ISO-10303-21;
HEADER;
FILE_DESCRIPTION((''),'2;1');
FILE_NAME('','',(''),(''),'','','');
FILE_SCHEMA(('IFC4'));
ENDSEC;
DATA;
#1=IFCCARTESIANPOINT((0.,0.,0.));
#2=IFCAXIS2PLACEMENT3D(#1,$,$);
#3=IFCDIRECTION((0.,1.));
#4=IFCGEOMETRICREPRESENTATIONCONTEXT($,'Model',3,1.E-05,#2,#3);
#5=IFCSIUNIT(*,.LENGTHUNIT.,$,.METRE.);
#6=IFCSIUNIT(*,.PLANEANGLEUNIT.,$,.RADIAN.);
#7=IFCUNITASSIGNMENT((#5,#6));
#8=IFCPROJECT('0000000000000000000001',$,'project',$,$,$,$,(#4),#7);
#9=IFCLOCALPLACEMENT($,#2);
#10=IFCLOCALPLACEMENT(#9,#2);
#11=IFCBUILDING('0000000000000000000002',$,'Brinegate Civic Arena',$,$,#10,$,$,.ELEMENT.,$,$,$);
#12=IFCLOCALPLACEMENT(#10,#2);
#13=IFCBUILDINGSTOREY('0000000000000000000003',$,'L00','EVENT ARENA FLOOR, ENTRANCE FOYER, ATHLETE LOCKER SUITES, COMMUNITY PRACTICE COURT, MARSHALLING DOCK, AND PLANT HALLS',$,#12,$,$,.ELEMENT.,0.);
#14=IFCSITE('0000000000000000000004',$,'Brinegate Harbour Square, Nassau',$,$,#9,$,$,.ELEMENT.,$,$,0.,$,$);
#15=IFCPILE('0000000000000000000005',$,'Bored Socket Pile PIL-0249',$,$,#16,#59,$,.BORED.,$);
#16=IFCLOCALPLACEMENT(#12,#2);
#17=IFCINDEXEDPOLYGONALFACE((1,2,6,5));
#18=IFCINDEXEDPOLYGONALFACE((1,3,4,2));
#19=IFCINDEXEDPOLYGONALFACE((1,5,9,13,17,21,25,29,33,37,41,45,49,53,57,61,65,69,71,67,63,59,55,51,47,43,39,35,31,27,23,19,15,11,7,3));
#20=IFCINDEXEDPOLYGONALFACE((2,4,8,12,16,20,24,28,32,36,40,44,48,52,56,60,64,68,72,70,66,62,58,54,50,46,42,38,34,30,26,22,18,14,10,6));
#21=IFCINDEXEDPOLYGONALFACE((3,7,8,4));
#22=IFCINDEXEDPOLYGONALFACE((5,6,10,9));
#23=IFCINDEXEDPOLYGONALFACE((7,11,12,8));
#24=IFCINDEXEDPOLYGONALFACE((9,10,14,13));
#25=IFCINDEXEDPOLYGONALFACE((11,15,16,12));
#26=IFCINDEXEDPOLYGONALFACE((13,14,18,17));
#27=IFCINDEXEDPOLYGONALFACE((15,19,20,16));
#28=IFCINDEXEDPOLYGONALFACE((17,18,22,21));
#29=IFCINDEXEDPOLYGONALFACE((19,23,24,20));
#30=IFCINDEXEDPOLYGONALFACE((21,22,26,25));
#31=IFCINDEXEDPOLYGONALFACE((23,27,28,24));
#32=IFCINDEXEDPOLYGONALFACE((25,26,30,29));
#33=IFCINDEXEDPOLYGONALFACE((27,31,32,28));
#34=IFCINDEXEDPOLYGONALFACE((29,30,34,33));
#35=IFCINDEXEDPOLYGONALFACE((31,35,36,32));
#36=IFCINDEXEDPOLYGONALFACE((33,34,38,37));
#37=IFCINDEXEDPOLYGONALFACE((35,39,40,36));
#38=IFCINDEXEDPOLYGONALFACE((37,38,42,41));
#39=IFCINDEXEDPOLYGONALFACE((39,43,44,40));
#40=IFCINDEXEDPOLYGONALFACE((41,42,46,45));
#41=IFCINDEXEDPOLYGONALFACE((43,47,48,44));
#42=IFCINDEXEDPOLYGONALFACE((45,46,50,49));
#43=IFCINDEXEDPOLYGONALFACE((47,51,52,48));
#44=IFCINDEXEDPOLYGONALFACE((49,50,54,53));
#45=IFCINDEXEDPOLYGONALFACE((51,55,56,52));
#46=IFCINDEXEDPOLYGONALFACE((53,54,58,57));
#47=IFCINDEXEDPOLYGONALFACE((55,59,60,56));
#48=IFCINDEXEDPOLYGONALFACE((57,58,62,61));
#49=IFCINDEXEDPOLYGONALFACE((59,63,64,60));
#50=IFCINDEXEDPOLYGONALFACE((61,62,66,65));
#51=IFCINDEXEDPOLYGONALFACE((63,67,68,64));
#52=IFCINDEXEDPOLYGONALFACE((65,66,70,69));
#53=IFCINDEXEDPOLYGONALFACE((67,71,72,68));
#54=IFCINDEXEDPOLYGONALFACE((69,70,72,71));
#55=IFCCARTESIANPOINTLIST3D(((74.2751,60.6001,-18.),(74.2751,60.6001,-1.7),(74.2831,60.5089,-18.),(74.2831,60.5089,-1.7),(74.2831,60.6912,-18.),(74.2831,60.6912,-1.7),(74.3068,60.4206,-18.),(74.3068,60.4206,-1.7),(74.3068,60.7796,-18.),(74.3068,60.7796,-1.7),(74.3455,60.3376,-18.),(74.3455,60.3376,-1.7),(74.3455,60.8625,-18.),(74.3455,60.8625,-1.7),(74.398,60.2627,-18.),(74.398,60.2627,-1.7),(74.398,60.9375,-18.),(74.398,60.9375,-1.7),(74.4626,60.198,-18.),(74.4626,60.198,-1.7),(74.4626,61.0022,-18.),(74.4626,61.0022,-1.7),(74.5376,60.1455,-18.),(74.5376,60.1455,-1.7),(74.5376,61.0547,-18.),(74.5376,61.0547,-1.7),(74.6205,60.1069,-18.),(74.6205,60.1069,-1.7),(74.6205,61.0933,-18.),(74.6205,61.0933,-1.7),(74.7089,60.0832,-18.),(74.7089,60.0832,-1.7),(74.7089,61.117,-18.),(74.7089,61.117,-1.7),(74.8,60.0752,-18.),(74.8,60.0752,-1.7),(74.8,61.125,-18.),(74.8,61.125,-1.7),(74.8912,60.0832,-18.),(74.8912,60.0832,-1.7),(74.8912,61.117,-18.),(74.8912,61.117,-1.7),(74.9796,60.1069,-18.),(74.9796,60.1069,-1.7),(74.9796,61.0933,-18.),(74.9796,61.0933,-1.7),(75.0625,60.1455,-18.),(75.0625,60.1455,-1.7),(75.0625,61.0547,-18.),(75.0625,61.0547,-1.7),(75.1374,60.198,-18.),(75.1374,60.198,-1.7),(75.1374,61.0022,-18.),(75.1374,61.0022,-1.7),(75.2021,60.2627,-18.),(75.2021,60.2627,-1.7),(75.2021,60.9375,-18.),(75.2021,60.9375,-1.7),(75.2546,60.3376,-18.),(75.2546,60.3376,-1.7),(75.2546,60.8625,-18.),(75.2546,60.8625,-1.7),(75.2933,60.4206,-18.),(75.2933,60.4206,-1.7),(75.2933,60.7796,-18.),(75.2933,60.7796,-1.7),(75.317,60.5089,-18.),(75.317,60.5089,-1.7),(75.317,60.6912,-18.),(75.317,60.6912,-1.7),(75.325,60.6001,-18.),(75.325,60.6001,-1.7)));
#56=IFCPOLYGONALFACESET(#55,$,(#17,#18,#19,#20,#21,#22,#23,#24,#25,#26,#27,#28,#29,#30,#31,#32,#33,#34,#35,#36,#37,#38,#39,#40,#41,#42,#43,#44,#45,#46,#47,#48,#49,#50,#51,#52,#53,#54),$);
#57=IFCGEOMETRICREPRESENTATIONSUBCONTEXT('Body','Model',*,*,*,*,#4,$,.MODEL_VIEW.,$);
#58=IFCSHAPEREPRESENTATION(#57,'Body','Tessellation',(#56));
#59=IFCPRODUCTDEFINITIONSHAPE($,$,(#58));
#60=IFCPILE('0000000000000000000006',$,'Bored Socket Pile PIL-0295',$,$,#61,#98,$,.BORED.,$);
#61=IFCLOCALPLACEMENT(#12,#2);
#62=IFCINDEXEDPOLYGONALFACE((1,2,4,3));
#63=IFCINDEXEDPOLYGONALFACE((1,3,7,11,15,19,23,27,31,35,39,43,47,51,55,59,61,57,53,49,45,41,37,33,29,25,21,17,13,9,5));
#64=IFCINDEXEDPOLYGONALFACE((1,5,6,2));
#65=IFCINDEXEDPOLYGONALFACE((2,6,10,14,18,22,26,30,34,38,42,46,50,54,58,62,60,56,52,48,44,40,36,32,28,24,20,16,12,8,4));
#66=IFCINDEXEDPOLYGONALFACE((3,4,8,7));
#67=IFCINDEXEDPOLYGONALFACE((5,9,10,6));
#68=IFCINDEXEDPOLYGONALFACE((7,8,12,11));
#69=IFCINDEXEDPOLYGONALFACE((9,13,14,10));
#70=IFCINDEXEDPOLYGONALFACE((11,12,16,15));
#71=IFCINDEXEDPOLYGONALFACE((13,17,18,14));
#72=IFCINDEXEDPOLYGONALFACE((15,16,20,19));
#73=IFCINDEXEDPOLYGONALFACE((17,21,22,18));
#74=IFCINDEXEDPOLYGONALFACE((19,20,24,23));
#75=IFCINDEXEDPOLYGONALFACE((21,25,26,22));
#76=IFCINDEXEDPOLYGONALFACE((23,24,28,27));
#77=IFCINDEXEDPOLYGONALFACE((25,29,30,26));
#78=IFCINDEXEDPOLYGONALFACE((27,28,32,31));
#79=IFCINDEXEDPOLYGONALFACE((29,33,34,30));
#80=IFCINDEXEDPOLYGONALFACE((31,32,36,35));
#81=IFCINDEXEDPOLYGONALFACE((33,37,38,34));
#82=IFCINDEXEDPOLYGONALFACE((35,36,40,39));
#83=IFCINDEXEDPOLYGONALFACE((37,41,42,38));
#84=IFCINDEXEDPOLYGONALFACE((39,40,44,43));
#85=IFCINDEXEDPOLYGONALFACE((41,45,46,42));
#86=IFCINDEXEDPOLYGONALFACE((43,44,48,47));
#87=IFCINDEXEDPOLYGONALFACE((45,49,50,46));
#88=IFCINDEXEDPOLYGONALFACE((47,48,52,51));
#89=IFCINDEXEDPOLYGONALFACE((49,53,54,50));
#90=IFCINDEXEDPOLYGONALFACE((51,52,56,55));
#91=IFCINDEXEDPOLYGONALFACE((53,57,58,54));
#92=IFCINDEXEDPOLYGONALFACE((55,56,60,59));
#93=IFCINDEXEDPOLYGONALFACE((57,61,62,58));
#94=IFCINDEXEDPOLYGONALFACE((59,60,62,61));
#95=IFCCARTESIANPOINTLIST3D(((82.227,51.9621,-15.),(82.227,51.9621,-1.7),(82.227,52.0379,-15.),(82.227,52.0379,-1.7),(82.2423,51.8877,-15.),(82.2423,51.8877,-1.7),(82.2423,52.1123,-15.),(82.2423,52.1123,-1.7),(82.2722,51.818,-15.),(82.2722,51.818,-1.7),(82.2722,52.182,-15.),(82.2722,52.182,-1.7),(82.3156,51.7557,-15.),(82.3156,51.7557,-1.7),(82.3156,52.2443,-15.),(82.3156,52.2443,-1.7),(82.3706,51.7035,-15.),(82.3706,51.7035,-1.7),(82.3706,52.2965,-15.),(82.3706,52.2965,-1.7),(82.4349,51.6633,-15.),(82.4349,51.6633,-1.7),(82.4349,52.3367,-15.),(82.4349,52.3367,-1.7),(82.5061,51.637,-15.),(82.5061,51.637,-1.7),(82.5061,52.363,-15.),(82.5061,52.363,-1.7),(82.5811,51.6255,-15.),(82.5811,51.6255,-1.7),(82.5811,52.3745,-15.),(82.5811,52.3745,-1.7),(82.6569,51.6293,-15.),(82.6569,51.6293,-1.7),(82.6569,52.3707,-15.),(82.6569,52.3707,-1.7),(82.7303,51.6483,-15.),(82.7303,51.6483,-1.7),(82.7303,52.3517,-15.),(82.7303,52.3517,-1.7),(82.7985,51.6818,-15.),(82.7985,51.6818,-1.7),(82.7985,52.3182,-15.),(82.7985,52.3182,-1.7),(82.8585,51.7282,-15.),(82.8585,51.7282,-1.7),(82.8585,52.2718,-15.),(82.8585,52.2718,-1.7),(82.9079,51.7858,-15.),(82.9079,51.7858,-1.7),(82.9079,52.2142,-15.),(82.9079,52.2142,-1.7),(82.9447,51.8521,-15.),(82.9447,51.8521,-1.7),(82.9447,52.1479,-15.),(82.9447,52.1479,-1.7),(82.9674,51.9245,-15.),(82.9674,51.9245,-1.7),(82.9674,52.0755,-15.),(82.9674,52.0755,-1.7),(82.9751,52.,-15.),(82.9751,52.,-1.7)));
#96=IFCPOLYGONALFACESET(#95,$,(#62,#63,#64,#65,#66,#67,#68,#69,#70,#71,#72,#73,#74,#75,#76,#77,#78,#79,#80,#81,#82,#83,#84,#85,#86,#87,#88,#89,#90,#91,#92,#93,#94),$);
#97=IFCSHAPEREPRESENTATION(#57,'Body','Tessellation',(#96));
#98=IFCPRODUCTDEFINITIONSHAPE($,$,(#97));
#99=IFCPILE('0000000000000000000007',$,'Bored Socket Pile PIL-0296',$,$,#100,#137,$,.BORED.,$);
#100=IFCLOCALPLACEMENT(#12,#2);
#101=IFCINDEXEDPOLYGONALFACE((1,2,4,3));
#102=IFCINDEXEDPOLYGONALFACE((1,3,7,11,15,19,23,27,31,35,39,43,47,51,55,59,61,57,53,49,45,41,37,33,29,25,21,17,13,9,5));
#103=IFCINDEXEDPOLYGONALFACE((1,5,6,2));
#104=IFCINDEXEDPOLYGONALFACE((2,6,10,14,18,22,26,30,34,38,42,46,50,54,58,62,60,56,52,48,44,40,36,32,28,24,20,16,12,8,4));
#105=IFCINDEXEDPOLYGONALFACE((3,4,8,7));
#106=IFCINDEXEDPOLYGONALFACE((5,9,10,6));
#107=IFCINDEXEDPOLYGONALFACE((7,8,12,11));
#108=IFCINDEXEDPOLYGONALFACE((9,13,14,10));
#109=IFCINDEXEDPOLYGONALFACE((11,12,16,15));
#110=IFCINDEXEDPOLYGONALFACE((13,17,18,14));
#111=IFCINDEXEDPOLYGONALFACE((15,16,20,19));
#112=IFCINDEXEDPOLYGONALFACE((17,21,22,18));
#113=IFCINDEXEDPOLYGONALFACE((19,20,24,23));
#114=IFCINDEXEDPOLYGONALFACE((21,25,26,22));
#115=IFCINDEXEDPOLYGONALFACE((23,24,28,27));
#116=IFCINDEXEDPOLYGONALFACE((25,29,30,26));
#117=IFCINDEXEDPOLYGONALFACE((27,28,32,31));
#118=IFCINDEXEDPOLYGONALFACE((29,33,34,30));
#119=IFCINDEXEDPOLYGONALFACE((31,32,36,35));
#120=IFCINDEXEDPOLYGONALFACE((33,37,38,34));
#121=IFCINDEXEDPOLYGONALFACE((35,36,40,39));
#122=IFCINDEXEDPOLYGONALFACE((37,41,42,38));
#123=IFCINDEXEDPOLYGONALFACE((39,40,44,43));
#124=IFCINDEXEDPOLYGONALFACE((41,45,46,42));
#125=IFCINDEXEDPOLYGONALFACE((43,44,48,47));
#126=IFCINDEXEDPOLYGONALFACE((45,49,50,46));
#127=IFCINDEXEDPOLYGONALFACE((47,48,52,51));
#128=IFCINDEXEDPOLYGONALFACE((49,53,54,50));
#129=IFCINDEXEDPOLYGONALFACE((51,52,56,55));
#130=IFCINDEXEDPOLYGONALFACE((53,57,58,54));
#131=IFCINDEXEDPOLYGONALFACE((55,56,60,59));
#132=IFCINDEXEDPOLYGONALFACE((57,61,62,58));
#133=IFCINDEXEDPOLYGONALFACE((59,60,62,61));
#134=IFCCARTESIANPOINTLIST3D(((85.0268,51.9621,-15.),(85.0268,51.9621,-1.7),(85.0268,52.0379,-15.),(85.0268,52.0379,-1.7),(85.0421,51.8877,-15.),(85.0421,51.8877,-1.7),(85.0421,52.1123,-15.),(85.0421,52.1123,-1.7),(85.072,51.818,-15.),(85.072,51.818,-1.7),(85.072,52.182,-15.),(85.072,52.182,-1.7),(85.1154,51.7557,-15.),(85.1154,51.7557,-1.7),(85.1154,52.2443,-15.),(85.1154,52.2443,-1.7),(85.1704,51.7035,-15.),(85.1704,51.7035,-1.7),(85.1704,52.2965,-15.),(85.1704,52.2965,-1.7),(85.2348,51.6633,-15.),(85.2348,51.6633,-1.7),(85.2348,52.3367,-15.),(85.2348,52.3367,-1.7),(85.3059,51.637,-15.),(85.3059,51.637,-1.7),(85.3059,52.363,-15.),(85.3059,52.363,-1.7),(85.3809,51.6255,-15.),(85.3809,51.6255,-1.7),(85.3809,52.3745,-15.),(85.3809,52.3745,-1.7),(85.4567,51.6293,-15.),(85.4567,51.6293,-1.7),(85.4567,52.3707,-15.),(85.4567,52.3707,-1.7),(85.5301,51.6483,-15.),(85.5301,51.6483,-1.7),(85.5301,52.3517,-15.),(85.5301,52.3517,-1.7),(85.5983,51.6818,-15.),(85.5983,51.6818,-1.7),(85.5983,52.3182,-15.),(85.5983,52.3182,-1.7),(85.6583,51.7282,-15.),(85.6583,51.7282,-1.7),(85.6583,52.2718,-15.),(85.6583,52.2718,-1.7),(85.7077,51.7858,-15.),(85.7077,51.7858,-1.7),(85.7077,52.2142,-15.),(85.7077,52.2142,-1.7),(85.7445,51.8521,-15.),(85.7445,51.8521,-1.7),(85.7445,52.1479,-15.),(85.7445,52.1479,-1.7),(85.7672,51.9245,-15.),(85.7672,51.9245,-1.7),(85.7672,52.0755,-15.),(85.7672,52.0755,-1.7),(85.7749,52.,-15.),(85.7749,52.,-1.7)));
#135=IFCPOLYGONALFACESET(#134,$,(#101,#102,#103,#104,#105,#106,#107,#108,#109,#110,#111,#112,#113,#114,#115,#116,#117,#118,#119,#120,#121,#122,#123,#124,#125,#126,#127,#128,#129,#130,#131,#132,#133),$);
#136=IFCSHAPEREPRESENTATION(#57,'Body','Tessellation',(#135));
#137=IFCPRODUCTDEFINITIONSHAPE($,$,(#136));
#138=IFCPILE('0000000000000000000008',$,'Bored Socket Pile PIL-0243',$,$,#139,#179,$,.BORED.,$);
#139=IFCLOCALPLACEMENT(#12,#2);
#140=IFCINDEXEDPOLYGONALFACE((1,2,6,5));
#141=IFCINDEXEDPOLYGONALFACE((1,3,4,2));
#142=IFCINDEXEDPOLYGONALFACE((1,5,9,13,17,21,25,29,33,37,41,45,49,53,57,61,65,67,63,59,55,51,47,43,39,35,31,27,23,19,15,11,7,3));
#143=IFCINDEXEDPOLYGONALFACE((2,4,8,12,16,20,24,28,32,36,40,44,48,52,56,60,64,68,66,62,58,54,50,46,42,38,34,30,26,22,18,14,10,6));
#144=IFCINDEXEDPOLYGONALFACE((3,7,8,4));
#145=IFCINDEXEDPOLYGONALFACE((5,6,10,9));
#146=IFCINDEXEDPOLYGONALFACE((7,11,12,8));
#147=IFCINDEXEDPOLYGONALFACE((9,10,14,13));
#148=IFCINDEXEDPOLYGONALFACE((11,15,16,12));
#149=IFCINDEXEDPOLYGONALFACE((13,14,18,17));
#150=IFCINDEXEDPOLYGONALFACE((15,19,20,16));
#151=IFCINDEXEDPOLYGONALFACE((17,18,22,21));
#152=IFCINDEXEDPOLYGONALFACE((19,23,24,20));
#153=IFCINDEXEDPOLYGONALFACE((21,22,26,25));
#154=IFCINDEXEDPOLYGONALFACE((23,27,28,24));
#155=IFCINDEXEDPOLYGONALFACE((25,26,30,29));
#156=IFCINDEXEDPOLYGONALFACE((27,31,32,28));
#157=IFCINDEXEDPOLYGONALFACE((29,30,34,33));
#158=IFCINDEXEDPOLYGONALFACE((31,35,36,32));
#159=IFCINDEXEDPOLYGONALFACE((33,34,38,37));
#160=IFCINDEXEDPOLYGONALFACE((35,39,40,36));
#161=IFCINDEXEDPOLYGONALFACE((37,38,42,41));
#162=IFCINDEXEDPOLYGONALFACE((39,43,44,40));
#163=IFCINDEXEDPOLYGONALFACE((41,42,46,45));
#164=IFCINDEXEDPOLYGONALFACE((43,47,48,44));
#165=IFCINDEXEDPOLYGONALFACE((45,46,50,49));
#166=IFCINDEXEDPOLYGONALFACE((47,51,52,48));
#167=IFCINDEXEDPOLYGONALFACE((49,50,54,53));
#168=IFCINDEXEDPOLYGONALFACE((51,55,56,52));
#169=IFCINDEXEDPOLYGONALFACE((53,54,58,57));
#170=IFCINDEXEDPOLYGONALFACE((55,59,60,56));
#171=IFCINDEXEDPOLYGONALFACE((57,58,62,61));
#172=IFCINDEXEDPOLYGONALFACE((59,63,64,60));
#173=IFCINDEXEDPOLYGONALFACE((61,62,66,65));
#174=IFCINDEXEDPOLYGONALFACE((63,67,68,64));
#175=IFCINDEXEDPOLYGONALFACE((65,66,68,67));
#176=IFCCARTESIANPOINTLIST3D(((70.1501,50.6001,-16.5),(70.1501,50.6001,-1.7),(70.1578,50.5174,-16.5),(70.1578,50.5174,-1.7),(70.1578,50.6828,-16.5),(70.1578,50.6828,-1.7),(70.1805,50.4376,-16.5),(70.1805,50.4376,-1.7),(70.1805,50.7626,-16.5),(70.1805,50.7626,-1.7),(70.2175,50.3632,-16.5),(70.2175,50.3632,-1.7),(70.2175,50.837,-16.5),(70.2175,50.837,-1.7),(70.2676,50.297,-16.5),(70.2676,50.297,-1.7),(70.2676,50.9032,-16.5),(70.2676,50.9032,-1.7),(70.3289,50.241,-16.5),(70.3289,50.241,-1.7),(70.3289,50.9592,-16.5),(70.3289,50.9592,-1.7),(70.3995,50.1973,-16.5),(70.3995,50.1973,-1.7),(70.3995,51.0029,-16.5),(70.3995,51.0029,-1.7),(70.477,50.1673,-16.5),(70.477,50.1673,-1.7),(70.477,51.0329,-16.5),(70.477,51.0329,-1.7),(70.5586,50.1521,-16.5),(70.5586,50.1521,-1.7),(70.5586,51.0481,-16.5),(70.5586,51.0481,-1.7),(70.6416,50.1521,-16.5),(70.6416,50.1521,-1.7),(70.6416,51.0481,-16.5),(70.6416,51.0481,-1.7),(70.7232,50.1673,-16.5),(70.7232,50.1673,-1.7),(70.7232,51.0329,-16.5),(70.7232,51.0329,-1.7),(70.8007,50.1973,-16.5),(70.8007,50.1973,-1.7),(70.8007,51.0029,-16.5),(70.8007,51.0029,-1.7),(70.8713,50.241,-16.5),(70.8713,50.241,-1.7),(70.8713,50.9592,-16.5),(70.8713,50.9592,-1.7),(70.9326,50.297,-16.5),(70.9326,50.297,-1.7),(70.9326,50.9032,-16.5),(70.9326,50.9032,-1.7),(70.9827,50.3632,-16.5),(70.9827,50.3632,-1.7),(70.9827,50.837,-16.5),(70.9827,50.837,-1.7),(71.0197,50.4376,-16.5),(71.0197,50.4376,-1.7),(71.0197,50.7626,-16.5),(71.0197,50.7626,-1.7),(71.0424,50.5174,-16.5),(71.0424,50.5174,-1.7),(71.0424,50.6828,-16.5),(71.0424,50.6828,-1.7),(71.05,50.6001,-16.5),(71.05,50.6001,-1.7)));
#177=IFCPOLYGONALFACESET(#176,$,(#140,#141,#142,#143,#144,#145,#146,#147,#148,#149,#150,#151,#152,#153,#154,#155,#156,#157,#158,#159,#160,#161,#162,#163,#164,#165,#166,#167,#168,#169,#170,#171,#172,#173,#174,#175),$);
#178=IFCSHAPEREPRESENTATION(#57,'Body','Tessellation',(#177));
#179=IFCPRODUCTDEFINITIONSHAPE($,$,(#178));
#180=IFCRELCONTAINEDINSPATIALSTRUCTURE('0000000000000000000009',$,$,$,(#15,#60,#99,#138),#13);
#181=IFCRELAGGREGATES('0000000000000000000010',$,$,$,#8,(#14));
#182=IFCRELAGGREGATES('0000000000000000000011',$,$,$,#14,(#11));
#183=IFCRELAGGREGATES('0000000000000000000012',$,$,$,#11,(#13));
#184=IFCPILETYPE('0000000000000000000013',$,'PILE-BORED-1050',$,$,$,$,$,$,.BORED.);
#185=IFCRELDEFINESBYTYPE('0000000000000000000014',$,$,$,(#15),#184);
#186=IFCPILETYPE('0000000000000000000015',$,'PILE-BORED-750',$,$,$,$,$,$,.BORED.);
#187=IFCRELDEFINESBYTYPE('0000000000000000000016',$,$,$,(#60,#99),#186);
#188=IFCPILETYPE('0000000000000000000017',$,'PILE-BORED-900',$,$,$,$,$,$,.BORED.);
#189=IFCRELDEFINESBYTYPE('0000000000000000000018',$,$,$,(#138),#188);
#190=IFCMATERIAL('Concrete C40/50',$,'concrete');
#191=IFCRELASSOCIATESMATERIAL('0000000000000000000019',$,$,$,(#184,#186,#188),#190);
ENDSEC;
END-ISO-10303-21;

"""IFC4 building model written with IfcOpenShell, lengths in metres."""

from ifc_helpers import new_model, si_unit, direction, frame, origin, origin_2d, place, context, subcontext, project, spatial, circle, extrude, material, material_profile, profile_set, type_object, element, save


model = new_model("IFC4")

# Units and contexts
model_context = context("Model", 3, precision=1e-05, world=origin(), true_north=direction((0.0, 1.0)))
body_context = subcontext(model_context, "Body", "Model", "MODEL_VIEW")
ifc_project = project(units=[si_unit("LENGTHUNIT", "METRE"), si_unit("PLANEANGLEUNIT", "RADIAN")], contexts=[model_context])

# Site, building, storey
site_placement = place(None, origin())
site = spatial("IfcSite", under=ifc_project, at=site_placement, Name="Brinegate Harbour Square, Nassau", CompositionType="ELEMENT", RefElevation=0.0)
building_placement = place(site_placement, origin())
building = spatial("IfcBuilding", under=site, at=building_placement, Name="Brinegate Civic Arena", CompositionType="ELEMENT")
storey_placement = place(building_placement, origin())
storey = spatial("IfcBuildingStorey", under=building, at=storey_placement, Name="L00", Description="EVENT ARENA FLOOR, ENTRANCE FOYER, ATHLETE LOCKER SUITES, COMMUNITY PRACTICE COURT, MARSHALLING DOCK, AND PLANT HALLS", CompositionType="ELEMENT", Elevation=0.0)

# Shared definitions
ifc_material_1 = material(Name="Concrete C40/50", Category="concrete")

# Piles
ifc_material_profile_1 = material_profile(ifc_material_1, circle(Radius=0.5249, at=origin_2d()), Name="PILED1050")
ifc_profile_set_1 = profile_set([ifc_material_profile_1], Name="Concrete C40/50")
pile_type_1 = type_object("IfcPileType", Name="PILE-BORED-1050", PredefinedType="BORED", material=ifc_profile_set_1)
for number, where, z_axis, x_axis, name in (
    (1, (74.8, 60.6001, -1.7), (0.0, 0.0, -1.0), (1.0, 0.0, 0.0), "Bored Socket Pile PIL-0249"),
):
    element("IfcPile", number, at=place(storey_placement, frame(where, z_axis=z_axis, x_axis=x_axis)), inside=storey, type_object=pile_type_1, Name=name, PredefinedType="BORED", context=body_context, shape_type="SweptSolid", body=[
        extrude(circle(Radius=0.5249, at=origin_2d()), origin(), (0.0, 0.0, 1.0), 16.3),
    ])
ifc_material_profile_2 = material_profile(ifc_material_1, circle(Radius=0.375, at=origin_2d()), Name="PILED750")
ifc_profile_set_2 = profile_set([ifc_material_profile_2], Name="Concrete C40/50")
pile_type_2 = type_object("IfcPileType", Name="PILE-BORED-750", PredefinedType="BORED", material=ifc_profile_set_2)
for number, where, z_axis, x_axis, name in (
    (2, (82.6001, 52.0, -1.7), (0.0, 0.0, -1.0), (1.0, 0.0, 0.0), "Bored Socket Pile PIL-0295"),
    (3, (85.3999, 52.0, -1.7), (0.0, 0.0, -1.0), (1.0, 0.0, 0.0), "Bored Socket Pile PIL-0296"),
):
    element("IfcPile", number, at=place(storey_placement, frame(where, z_axis=z_axis, x_axis=x_axis)), inside=storey, type_object=pile_type_2, Name=name, PredefinedType="BORED", context=body_context, shape_type="SweptSolid", body=[
        extrude(circle(Radius=0.375, at=origin_2d()), origin(), (0.0, 0.0, 1.0), 13.3),
    ])
ifc_material_profile_3 = material_profile(ifc_material_1, circle(Radius=0.45, at=origin_2d()), Name="PILED900")
ifc_profile_set_3 = profile_set([ifc_material_profile_3], Name="Concrete C40/50")
pile_type_3 = type_object("IfcPileType", Name="PILE-BORED-900", PredefinedType="BORED", material=ifc_profile_set_3)
for number, where, z_axis, x_axis, name in (
    (4, (70.6001, 50.6001, -1.7), (0.0, 0.0, -1.0), (1.0, 0.0, 0.0), "Bored Socket Pile PIL-0243"),
):
    element("IfcPile", number, at=place(storey_placement, frame(where, z_axis=z_axis, x_axis=x_axis)), inside=storey, type_object=pile_type_3, Name=name, PredefinedType="BORED", context=body_context, shape_type="SweptSolid", body=[
        extrude(circle(Radius=0.45, at=origin_2d()), origin(), (0.0, 0.0, 1.0), 14.8),
    ])

save(model, "model.ifc")
